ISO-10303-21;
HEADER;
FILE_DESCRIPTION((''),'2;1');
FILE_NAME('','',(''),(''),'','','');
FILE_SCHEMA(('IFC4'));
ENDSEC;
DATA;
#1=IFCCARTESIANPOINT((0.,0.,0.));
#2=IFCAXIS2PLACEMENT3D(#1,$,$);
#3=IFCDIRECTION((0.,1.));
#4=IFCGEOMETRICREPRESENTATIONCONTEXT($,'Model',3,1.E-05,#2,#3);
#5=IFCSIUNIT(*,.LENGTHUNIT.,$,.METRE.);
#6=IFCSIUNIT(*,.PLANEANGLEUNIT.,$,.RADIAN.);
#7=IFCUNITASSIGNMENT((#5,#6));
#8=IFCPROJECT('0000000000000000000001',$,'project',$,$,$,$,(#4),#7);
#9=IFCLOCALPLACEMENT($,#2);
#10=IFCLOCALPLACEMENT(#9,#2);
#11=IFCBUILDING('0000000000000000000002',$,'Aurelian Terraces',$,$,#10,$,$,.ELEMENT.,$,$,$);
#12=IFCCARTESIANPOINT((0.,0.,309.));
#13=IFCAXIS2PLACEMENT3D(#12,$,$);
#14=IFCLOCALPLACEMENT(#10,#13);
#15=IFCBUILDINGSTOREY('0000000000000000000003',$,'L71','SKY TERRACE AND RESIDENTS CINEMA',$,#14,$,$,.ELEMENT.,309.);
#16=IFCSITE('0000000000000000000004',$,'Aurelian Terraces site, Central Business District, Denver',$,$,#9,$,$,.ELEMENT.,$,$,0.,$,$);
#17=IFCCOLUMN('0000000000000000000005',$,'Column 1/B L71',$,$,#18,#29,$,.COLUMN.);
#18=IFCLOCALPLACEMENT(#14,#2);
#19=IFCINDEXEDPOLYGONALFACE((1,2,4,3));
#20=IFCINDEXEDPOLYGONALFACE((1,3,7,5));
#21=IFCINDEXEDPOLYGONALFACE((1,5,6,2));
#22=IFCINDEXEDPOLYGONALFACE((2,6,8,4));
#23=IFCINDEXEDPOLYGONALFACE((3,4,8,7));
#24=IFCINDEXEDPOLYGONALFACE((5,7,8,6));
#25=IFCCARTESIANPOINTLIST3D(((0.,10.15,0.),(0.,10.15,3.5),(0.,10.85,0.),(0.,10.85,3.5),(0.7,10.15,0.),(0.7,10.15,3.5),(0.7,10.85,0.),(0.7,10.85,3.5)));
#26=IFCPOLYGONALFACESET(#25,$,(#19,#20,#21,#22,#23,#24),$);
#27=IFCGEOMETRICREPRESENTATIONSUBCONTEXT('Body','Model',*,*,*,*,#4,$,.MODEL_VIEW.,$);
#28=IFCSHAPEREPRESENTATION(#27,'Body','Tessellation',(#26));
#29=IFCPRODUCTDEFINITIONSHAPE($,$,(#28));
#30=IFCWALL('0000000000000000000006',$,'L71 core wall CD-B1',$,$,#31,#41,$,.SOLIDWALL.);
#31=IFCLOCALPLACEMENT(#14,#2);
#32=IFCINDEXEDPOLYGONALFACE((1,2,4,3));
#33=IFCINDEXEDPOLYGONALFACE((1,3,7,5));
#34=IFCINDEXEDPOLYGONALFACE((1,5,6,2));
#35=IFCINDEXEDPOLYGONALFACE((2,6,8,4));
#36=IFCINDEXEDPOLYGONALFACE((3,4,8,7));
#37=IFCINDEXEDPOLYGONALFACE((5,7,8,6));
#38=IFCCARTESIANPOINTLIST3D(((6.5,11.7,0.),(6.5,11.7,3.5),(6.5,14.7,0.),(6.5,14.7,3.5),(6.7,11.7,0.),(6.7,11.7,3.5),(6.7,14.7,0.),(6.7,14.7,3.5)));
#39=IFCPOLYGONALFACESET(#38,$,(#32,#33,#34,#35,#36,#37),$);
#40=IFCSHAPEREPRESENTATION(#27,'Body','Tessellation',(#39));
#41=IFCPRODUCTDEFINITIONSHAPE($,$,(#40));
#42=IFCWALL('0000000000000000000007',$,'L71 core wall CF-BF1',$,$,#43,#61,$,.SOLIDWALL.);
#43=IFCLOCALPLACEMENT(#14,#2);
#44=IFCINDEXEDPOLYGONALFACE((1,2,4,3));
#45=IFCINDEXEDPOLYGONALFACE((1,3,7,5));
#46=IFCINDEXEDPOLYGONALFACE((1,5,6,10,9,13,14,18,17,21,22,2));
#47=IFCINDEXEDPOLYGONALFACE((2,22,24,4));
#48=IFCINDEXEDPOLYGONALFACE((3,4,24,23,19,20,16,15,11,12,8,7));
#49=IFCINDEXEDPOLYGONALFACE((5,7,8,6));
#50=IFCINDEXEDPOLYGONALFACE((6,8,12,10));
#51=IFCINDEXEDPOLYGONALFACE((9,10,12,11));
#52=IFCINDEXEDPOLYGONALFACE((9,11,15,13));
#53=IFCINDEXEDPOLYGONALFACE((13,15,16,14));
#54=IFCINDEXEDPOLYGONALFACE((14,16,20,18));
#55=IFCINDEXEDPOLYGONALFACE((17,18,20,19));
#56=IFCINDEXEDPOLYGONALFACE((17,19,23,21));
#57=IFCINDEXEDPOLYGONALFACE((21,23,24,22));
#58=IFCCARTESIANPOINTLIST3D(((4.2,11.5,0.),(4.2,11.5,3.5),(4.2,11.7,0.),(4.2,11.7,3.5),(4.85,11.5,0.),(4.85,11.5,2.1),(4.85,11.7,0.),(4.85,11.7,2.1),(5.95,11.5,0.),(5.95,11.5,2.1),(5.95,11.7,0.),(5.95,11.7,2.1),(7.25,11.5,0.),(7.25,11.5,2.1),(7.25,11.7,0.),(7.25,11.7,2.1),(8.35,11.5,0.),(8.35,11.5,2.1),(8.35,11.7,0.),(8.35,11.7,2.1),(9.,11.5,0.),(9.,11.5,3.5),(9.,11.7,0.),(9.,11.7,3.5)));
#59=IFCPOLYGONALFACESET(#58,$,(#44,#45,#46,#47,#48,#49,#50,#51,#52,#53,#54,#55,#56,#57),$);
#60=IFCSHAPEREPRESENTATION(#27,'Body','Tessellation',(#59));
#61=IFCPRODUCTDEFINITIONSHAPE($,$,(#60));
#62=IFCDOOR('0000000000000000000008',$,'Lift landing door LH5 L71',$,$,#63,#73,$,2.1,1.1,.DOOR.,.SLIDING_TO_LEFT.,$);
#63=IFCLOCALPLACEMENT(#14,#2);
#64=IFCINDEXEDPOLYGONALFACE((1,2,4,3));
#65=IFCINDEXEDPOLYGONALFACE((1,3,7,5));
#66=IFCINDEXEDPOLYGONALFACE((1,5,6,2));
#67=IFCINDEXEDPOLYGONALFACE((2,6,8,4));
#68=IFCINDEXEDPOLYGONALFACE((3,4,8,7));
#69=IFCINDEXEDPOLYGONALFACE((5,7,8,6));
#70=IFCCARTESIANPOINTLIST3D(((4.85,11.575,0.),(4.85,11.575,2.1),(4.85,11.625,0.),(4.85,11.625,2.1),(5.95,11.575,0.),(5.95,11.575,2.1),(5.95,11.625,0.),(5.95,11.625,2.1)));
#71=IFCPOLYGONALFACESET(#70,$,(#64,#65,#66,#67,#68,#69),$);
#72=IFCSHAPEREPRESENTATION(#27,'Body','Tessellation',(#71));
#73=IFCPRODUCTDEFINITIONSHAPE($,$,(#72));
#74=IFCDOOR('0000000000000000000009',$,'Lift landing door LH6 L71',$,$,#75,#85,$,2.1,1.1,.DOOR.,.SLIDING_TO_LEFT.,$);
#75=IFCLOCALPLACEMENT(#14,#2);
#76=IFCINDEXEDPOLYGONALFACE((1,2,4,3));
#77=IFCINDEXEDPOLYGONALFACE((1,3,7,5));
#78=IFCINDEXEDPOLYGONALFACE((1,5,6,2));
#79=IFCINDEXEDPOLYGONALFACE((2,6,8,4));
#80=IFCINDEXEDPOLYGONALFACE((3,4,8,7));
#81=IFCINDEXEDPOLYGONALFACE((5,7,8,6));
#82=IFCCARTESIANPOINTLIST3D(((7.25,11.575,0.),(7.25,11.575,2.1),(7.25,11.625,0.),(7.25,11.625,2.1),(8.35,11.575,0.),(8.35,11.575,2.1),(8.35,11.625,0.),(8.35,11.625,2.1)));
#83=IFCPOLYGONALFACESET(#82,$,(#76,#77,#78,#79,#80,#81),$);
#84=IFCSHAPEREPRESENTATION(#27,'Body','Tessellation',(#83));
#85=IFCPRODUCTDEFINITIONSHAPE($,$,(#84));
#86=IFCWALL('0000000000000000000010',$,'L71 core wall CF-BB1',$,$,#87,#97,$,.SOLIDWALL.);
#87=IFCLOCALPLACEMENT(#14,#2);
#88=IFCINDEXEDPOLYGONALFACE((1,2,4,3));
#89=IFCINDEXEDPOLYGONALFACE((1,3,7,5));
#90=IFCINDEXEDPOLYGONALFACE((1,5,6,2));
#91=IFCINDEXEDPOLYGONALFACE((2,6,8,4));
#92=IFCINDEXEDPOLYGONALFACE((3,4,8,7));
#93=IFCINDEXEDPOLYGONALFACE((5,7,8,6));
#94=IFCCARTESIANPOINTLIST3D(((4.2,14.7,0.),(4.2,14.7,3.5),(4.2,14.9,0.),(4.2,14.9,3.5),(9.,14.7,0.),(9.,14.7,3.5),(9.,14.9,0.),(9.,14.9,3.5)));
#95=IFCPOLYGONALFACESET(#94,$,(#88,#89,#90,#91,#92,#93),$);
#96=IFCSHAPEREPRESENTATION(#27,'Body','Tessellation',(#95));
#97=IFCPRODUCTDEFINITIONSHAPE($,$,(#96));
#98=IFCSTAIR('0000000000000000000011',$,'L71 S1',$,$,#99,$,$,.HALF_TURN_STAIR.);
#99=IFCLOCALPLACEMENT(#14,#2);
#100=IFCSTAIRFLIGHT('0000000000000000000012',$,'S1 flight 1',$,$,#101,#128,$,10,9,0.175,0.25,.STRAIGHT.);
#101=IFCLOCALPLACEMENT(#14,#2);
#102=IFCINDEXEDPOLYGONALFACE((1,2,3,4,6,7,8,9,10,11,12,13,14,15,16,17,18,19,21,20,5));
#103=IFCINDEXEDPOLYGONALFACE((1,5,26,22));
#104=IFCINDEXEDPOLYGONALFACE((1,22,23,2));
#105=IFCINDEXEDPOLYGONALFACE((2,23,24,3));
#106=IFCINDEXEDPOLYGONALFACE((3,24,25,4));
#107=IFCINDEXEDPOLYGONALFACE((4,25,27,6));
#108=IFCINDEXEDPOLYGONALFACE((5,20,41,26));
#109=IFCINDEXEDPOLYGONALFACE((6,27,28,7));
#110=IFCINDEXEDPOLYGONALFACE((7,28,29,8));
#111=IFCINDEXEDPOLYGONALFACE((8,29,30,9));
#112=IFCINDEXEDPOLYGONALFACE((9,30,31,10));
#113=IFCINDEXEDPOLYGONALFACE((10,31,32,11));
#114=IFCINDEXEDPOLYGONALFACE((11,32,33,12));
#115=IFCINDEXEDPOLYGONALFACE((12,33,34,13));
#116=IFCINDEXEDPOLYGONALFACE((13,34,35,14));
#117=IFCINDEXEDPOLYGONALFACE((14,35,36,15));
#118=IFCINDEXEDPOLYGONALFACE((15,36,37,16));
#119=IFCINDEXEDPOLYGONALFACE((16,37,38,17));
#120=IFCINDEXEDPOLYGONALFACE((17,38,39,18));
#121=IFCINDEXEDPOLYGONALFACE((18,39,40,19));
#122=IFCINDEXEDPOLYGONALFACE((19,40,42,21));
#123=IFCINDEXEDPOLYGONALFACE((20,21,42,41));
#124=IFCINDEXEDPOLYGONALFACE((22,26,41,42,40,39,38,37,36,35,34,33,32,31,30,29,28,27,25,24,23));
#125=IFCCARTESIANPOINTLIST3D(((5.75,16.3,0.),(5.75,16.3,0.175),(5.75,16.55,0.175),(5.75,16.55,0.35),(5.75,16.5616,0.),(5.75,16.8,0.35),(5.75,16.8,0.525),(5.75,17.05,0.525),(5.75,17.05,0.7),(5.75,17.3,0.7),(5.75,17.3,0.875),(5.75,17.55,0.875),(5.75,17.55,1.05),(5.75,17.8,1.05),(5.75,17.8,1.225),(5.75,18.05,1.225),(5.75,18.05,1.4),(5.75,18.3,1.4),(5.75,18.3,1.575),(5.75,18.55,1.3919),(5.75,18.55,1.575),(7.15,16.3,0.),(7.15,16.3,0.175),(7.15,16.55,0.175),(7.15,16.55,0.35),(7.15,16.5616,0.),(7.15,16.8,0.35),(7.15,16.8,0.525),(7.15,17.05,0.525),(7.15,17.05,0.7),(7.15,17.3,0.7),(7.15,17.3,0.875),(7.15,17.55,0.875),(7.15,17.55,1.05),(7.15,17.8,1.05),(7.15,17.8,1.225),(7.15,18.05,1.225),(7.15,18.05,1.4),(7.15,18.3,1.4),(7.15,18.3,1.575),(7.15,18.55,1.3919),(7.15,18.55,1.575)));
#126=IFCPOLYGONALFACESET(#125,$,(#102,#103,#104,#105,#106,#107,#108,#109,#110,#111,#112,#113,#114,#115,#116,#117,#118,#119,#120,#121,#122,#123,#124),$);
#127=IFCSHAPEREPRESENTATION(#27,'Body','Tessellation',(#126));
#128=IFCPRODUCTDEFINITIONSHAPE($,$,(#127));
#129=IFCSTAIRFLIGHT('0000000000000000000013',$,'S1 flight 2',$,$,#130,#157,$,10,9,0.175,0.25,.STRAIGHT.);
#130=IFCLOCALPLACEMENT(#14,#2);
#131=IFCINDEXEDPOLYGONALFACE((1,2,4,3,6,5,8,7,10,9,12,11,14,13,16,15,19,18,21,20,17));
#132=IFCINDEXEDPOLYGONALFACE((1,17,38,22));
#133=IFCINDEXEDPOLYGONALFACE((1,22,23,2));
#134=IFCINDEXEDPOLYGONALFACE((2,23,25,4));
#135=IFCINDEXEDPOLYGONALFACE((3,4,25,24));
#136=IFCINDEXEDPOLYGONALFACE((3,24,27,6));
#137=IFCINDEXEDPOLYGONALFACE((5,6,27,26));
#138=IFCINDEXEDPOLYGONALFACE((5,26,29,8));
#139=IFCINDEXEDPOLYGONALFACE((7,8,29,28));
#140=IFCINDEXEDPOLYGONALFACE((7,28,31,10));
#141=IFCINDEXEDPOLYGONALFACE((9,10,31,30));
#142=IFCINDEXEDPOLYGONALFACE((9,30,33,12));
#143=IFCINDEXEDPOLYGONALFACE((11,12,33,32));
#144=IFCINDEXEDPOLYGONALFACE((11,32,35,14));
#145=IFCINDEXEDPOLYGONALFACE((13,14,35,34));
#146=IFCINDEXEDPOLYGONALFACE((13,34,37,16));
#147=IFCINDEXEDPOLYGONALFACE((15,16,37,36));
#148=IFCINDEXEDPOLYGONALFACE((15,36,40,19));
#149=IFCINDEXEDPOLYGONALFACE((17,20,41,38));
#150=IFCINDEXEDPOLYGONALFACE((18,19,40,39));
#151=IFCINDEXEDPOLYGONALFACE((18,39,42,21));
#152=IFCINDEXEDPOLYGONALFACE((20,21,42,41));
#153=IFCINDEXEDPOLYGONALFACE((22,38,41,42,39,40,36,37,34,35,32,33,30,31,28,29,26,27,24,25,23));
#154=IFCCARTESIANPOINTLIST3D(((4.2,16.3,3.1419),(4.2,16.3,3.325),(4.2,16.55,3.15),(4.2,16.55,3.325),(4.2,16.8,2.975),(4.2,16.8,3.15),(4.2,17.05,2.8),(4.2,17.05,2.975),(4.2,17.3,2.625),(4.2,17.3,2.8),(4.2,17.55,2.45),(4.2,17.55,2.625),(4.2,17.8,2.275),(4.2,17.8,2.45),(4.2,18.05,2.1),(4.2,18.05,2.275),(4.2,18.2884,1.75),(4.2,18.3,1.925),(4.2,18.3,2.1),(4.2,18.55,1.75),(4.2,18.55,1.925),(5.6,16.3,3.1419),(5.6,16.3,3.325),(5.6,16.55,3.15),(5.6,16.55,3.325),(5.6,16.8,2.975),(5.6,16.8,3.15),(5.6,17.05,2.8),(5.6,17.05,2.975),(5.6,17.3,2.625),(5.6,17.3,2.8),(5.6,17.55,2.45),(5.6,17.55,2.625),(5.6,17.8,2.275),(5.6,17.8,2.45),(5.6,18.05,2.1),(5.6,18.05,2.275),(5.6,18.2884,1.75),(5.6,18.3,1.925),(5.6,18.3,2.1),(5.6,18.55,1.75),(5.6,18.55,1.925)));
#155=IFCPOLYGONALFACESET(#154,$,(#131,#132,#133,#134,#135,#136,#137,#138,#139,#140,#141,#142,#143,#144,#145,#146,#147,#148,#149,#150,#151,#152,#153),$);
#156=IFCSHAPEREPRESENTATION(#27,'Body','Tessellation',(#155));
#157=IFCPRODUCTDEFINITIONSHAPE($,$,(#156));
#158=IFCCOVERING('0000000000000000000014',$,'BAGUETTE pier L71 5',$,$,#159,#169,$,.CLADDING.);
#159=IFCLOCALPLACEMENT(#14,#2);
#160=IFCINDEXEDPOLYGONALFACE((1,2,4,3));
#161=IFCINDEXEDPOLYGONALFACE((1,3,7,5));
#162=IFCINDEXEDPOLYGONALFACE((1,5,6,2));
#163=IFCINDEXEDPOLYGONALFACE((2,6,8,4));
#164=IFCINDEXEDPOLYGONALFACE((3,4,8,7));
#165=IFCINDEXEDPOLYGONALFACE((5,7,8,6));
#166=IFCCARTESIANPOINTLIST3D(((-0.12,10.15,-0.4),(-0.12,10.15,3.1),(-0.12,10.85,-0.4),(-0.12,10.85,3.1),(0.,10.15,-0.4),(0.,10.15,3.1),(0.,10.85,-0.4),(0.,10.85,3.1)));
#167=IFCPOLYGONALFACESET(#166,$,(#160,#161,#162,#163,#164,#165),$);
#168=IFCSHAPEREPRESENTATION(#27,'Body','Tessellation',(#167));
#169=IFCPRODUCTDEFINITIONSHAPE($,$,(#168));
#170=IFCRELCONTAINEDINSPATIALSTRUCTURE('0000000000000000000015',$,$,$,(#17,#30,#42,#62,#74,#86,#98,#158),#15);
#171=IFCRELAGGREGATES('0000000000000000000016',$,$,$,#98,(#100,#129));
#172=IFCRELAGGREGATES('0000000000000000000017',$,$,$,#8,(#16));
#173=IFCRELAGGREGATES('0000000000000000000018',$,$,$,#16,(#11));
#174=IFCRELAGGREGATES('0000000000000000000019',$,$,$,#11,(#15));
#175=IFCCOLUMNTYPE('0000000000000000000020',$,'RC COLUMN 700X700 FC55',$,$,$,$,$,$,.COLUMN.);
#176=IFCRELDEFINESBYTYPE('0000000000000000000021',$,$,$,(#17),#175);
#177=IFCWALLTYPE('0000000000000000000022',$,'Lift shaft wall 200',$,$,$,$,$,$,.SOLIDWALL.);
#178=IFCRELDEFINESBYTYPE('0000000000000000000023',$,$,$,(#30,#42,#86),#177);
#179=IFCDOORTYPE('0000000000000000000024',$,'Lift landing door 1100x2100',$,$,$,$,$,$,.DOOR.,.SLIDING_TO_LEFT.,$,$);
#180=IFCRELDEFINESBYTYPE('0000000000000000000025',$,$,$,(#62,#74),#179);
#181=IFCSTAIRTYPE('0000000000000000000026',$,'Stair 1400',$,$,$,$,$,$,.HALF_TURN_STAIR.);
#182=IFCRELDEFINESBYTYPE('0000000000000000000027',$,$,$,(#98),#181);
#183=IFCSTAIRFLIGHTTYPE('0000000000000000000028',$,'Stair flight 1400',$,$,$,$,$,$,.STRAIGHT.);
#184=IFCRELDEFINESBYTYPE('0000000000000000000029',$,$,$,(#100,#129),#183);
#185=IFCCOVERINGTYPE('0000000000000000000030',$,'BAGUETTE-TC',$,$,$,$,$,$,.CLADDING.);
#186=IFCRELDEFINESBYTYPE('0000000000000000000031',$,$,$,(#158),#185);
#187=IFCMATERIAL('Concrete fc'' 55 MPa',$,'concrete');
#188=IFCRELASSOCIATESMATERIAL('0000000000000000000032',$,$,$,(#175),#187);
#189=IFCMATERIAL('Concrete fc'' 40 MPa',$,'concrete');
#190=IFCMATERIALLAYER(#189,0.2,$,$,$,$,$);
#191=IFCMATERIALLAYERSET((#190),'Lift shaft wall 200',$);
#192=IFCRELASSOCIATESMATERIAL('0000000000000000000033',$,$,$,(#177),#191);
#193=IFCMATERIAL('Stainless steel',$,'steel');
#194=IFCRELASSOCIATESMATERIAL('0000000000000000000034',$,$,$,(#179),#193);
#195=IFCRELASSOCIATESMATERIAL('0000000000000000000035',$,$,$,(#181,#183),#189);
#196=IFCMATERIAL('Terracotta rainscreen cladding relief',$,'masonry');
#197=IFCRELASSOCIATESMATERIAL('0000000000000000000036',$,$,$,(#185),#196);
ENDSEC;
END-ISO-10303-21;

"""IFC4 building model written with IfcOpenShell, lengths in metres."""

from ifc_helpers import new_model, si_unit, direction, frame, frame_2d, origin, origin_2d, place, context, subcontext, project, spatial, polyline, rectangle, outline, extrude, source, transform, mapped, material, layer, layer_set, material_profile, profile_set, type_object, element, fill, aggregate, save


model = new_model("IFC4")

# Units and contexts
model_context = context("Model", 3, precision=1e-05, world=origin(), true_north=direction((0.0, 1.0)))
body_context = subcontext(model_context, "Body", "Model", "MODEL_VIEW")
ifc_project = project(units=[si_unit("LENGTHUNIT", "METRE"), si_unit("PLANEANGLEUNIT", "RADIAN")], contexts=[model_context])

# Site, building, storey
site_placement = place(None, origin())
site = spatial("IfcSite", under=ifc_project, at=site_placement, Name="Aurelian Terraces site, Central Business District, Denver", CompositionType="ELEMENT", RefElevation=0.0)
building_placement = place(site_placement, origin())
building = spatial("IfcBuilding", under=site, at=building_placement, Name="Aurelian Terraces", CompositionType="ELEMENT")
storey_placement = place(building_placement, frame((0.0, 0.0, 309.0)))
storey = spatial("IfcBuildingStorey", under=building, at=storey_placement, Name="L71", Description="SKY TERRACE AND RESIDENTS CINEMA", CompositionType="ELEMENT", Elevation=309.0)

# Column
ifc_material_1 = material(Name="Concrete fc' 55 MPa", Category="concrete")
ifc_material_profile = material_profile(ifc_material_1, rectangle(XDim=0.7, YDim=0.7, at=origin_2d()))
ifc_profile_set = profile_set([ifc_material_profile], Name="Concrete fc' 55 MPa")
column_type = type_object("IfcColumnType", Name="RC COLUMN 700X700 FC55", PredefinedType="COLUMN", material=ifc_profile_set)
shared_shape_1 = source(origin(), body_context, "Body", "SweptSolid", [
    extrude(rectangle(XDim=0.7, YDim=0.7, at=origin_2d()), origin(), (0.0, 0.0, 1.0), 3.5),
])
column_placement = place(storey_placement, frame((0.35, 10.5, 0.0), z_axis=(0.0, 0.0, 1.0), x_axis=(1.0, 0.0, 0.0)))
element("IfcColumn", 1, at=column_placement, inside=storey, type_object=column_type, Name="Column 1/B L71", PredefinedType="COLUMN", context=body_context, shape_type="MappedRepresentation", body=[
    mapped(shared_shape_1, transform((0.0, 0.0, 0.0), scale=1.0)),
])

# Wall
ifc_material_2 = material(Name="Concrete fc' 40 MPa", Category="concrete")
ifc_layer = layer(ifc_material_2, 0.2)
ifc_layer_set = layer_set([ifc_layer], Name="Lift shaft wall 200")
wall_type = type_object("IfcWallType", Name="Lift shaft wall 200", PredefinedType="SOLIDWALL", material=ifc_layer_set)
shared_shape_2 = source(origin(), body_context, "Body", "SweptSolid", [
    extrude(rectangle(XDim=3.0, YDim=0.2, at=frame_2d((1.5, 0.0))), origin(), (0.0, 0.0, 1.0), 3.5),
])
wall_1_placement = place(storey_placement, frame((6.6, 11.7, 0.0), z_axis=(0.0, 0.0, 1.0), x_axis=(0.0, 1.0, 0.0)))
element("IfcWall", 2, at=wall_1_placement, inside=storey, type_object=wall_type, Name="L71 core wall CD-B1", PredefinedType="SOLIDWALL", context=body_context, shape_type="MappedRepresentation", body=[
    mapped(shared_shape_2, transform((0.0, 0.0, 0.0), scale=1.0)),
])

# Wall, openings, doors
shared_shape_3 = source(origin(), body_context, "Body", "SweptSolid", [
    extrude(rectangle(XDim=4.8, YDim=0.2, at=frame_2d((2.4, 0.0))), origin(), (0.0, 0.0, 1.0), 3.5),
])
wall_2_placement = place(storey_placement, frame((4.2, 11.6, 0.0), z_axis=(0.0, 0.0, 1.0), x_axis=(1.0, 0.0, 0.0)))
wall_2 = element("IfcWall", 3, at=wall_2_placement, inside=storey, type_object=wall_type, Name="L71 core wall CF-BF1", PredefinedType="SOLIDWALL", context=body_context, shape_type="MappedRepresentation", body=[
    mapped(shared_shape_3, transform((0.0, 0.0, 0.0), scale=1.0)),
])
shared_shape_4 = source(origin(), body_context, "Body", "SweptSolid", [
    extrude(rectangle(XDim=1.1, YDim=2.1, at=frame_2d((0.55, 1.05))), frame((0.0, 0.11, 0.0), z_axis=(0.0, -1.0, 0.0), x_axis=(1.0, 0.0, 0.0)), (0.0, 0.0, 1.0), 0.22),
])
opening_1_placement = place(wall_2_placement, frame((0.65, 0.0, 0.0)))
opening_1 = element("IfcOpeningElement", 4, at=opening_1_placement, cuts=wall_2, PredefinedType="OPENING", context=body_context, shape_type="MappedRepresentation", body=[
    mapped(shared_shape_4, transform((0.0, 0.0, 0.0), scale=1.0)),
])
opening_2_placement = place(wall_2_placement, frame((3.05, 0.0, 0.0)))
opening_2 = element("IfcOpeningElement", 5, at=opening_2_placement, cuts=wall_2, PredefinedType="OPENING", context=body_context, shape_type="MappedRepresentation", body=[
    mapped(shared_shape_4, transform((0.0, 0.0, 0.0), scale=1.0)),
])
ifc_material_3 = material(Name="Stainless steel", Category="steel")
door_type = type_object("IfcDoorType", Name="Lift landing door 1100x2100", OperationType="SLIDING_TO_LEFT", PredefinedType="DOOR", material=ifc_material_3)
shared_shape_5 = source(origin(), body_context, "Body", "SweptSolid", [
    extrude(rectangle(XDim=1.1, YDim=2.1, at=frame_2d((0.55, 1.05))), frame((0.0, 0.025, 0.0), z_axis=(0.0, -1.0, 0.0), x_axis=(1.0, 0.0, 0.0)), (0.0, 0.0, 1.0), 0.05),
])
door_1_placement = place(opening_1_placement, origin())
door_1 = element("IfcDoor", 6, at=door_1_placement, inside=storey, type_object=door_type, Name="Lift landing door LH5 L71", OperationType="SLIDING_TO_LEFT", OverallHeight=2.1, OverallWidth=1.1, PredefinedType="DOOR", context=body_context, shape_type="MappedRepresentation", body=[
    mapped(shared_shape_5, transform((0.0, 0.0, 0.0), scale=1.0)),
])
fill(opening_1, door_1)
door_2_placement = place(opening_2_placement, origin())
door_2 = element("IfcDoor", 7, at=door_2_placement, inside=storey, type_object=door_type, Name="Lift landing door LH6 L71", OperationType="SLIDING_TO_LEFT", OverallHeight=2.1, OverallWidth=1.1, PredefinedType="DOOR", context=body_context, shape_type="MappedRepresentation", body=[
    mapped(shared_shape_5, transform((0.0, 0.0, 0.0), scale=1.0)),
])
fill(opening_2, door_2)

# Wall
wall_3_placement = place(storey_placement, frame((4.2, 14.8, 0.0), z_axis=(0.0, 0.0, 1.0), x_axis=(1.0, 0.0, 0.0)))
element("IfcWall", 8, at=wall_3_placement, inside=storey, type_object=wall_type, Name="L71 core wall CF-BB1", PredefinedType="SOLIDWALL", context=body_context, shape_type="MappedRepresentation", body=[
    mapped(shared_shape_3, transform((0.0, 0.0, 0.0), scale=1.0)),
])

# Stair, stair flights
stair_type = type_object("IfcStairType", Name="Stair 1400", PredefinedType="HALF_TURN_STAIR", material=ifc_material_2)
stair_placement = place(storey_placement, origin())
stair = element("IfcStair", 9, at=stair_placement, inside=storey, type_object=stair_type, Name="L71 S1", PredefinedType="HALF_TURN_STAIR")
stair_flight_type = type_object("IfcStairFlightType", Name="Stair flight 1400", PredefinedType="STRAIGHT", material=ifc_material_2)
shared_shape_6 = source(origin(), body_context, "Body", "SweptSolid", [
    extrude(outline(polyline([(0.0, 0.0), (0.0, 0.175), (0.25, 0.175), (0.25, 0.35), (0.5, 0.35), (0.5, 0.525), (0.75, 0.525), (0.75, 0.7), (1.0, 0.7), (1.0, 0.875), (1.25, 0.875), (1.25, 1.05), (1.5, 1.05), (1.5, 1.225), (1.75, 1.225), (1.75, 1.4), (2.0, 1.4), (2.0, 1.575), (2.25, 1.575), (2.25, 1.75), (2.25, 1.3919), (0.2616, 0.0), (0.0, 0.0)])), frame((0.0, 0.7, 0.0), z_axis=(0.0, -1.0, 0.0), x_axis=(1.0, 0.0, 0.0)), (0.0, 0.0, 1.0), 1.4),
])
stair_flight_1_placement = place(storey_placement, frame((6.45, 16.3, 0.0), z_axis=(0.0, 0.0, 1.0), x_axis=(0.0, 1.0, 0.0)))
stair_flight_1 = element("IfcStairFlight", 10, at=stair_flight_1_placement, type_object=stair_flight_type, Name="S1 flight 1", NumberOfRisers=10, NumberOfTreads=9, PredefinedType="STRAIGHT", RiserHeight=0.175, TreadLength=0.25, context=body_context, shape_type="MappedRepresentation", body=[
    mapped(shared_shape_6, transform((0.0, 0.0, 0.0), scale=1.0)),
])
stair_flight_2_placement = place(storey_placement, frame((4.9, 18.55, 1.75), z_axis=(0.0, 0.0, 1.0), x_axis=(0.0, -1.0, 0.0)))
stair_flight_2 = element("IfcStairFlight", 11, at=stair_flight_2_placement, type_object=stair_flight_type, Name="S1 flight 2", NumberOfRisers=10, NumberOfTreads=9, PredefinedType="STRAIGHT", RiserHeight=0.175, TreadLength=0.25, context=body_context, shape_type="MappedRepresentation", body=[
    mapped(shared_shape_6, transform((0.0, 0.0, 0.0), scale=1.0)),
])
aggregate(stair, [stair_flight_1, stair_flight_2])

# Covering
ifc_material_4 = material(Name="Terracotta rainscreen cladding relief", Category="masonry")
covering_type = type_object("IfcCoveringType", Name="BAGUETTE-TC", PredefinedType="CLADDING", material=ifc_material_4)
shared_shape_7 = source(origin(), body_context, "Body", "SweptSolid", [
    extrude(rectangle(XDim=0.12, YDim=0.7, at=origin_2d()), origin(), (0.0, 0.0, 1.0), 3.5),
])
covering_placement = place(storey_placement, frame((-0.06, 10.5, -0.4), z_axis=(0.0, 0.0, 1.0), x_axis=(1.0, 0.0, 0.0)))
element("IfcCovering", 12, at=covering_placement, inside=storey, type_object=covering_type, Name="BAGUETTE pier L71 5", PredefinedType="CLADDING", context=body_context, shape_type="MappedRepresentation", body=[
    mapped(shared_shape_7, transform((0.0, 0.0, 0.0), scale=1.0)),
])

save(model, "model.ifc")
